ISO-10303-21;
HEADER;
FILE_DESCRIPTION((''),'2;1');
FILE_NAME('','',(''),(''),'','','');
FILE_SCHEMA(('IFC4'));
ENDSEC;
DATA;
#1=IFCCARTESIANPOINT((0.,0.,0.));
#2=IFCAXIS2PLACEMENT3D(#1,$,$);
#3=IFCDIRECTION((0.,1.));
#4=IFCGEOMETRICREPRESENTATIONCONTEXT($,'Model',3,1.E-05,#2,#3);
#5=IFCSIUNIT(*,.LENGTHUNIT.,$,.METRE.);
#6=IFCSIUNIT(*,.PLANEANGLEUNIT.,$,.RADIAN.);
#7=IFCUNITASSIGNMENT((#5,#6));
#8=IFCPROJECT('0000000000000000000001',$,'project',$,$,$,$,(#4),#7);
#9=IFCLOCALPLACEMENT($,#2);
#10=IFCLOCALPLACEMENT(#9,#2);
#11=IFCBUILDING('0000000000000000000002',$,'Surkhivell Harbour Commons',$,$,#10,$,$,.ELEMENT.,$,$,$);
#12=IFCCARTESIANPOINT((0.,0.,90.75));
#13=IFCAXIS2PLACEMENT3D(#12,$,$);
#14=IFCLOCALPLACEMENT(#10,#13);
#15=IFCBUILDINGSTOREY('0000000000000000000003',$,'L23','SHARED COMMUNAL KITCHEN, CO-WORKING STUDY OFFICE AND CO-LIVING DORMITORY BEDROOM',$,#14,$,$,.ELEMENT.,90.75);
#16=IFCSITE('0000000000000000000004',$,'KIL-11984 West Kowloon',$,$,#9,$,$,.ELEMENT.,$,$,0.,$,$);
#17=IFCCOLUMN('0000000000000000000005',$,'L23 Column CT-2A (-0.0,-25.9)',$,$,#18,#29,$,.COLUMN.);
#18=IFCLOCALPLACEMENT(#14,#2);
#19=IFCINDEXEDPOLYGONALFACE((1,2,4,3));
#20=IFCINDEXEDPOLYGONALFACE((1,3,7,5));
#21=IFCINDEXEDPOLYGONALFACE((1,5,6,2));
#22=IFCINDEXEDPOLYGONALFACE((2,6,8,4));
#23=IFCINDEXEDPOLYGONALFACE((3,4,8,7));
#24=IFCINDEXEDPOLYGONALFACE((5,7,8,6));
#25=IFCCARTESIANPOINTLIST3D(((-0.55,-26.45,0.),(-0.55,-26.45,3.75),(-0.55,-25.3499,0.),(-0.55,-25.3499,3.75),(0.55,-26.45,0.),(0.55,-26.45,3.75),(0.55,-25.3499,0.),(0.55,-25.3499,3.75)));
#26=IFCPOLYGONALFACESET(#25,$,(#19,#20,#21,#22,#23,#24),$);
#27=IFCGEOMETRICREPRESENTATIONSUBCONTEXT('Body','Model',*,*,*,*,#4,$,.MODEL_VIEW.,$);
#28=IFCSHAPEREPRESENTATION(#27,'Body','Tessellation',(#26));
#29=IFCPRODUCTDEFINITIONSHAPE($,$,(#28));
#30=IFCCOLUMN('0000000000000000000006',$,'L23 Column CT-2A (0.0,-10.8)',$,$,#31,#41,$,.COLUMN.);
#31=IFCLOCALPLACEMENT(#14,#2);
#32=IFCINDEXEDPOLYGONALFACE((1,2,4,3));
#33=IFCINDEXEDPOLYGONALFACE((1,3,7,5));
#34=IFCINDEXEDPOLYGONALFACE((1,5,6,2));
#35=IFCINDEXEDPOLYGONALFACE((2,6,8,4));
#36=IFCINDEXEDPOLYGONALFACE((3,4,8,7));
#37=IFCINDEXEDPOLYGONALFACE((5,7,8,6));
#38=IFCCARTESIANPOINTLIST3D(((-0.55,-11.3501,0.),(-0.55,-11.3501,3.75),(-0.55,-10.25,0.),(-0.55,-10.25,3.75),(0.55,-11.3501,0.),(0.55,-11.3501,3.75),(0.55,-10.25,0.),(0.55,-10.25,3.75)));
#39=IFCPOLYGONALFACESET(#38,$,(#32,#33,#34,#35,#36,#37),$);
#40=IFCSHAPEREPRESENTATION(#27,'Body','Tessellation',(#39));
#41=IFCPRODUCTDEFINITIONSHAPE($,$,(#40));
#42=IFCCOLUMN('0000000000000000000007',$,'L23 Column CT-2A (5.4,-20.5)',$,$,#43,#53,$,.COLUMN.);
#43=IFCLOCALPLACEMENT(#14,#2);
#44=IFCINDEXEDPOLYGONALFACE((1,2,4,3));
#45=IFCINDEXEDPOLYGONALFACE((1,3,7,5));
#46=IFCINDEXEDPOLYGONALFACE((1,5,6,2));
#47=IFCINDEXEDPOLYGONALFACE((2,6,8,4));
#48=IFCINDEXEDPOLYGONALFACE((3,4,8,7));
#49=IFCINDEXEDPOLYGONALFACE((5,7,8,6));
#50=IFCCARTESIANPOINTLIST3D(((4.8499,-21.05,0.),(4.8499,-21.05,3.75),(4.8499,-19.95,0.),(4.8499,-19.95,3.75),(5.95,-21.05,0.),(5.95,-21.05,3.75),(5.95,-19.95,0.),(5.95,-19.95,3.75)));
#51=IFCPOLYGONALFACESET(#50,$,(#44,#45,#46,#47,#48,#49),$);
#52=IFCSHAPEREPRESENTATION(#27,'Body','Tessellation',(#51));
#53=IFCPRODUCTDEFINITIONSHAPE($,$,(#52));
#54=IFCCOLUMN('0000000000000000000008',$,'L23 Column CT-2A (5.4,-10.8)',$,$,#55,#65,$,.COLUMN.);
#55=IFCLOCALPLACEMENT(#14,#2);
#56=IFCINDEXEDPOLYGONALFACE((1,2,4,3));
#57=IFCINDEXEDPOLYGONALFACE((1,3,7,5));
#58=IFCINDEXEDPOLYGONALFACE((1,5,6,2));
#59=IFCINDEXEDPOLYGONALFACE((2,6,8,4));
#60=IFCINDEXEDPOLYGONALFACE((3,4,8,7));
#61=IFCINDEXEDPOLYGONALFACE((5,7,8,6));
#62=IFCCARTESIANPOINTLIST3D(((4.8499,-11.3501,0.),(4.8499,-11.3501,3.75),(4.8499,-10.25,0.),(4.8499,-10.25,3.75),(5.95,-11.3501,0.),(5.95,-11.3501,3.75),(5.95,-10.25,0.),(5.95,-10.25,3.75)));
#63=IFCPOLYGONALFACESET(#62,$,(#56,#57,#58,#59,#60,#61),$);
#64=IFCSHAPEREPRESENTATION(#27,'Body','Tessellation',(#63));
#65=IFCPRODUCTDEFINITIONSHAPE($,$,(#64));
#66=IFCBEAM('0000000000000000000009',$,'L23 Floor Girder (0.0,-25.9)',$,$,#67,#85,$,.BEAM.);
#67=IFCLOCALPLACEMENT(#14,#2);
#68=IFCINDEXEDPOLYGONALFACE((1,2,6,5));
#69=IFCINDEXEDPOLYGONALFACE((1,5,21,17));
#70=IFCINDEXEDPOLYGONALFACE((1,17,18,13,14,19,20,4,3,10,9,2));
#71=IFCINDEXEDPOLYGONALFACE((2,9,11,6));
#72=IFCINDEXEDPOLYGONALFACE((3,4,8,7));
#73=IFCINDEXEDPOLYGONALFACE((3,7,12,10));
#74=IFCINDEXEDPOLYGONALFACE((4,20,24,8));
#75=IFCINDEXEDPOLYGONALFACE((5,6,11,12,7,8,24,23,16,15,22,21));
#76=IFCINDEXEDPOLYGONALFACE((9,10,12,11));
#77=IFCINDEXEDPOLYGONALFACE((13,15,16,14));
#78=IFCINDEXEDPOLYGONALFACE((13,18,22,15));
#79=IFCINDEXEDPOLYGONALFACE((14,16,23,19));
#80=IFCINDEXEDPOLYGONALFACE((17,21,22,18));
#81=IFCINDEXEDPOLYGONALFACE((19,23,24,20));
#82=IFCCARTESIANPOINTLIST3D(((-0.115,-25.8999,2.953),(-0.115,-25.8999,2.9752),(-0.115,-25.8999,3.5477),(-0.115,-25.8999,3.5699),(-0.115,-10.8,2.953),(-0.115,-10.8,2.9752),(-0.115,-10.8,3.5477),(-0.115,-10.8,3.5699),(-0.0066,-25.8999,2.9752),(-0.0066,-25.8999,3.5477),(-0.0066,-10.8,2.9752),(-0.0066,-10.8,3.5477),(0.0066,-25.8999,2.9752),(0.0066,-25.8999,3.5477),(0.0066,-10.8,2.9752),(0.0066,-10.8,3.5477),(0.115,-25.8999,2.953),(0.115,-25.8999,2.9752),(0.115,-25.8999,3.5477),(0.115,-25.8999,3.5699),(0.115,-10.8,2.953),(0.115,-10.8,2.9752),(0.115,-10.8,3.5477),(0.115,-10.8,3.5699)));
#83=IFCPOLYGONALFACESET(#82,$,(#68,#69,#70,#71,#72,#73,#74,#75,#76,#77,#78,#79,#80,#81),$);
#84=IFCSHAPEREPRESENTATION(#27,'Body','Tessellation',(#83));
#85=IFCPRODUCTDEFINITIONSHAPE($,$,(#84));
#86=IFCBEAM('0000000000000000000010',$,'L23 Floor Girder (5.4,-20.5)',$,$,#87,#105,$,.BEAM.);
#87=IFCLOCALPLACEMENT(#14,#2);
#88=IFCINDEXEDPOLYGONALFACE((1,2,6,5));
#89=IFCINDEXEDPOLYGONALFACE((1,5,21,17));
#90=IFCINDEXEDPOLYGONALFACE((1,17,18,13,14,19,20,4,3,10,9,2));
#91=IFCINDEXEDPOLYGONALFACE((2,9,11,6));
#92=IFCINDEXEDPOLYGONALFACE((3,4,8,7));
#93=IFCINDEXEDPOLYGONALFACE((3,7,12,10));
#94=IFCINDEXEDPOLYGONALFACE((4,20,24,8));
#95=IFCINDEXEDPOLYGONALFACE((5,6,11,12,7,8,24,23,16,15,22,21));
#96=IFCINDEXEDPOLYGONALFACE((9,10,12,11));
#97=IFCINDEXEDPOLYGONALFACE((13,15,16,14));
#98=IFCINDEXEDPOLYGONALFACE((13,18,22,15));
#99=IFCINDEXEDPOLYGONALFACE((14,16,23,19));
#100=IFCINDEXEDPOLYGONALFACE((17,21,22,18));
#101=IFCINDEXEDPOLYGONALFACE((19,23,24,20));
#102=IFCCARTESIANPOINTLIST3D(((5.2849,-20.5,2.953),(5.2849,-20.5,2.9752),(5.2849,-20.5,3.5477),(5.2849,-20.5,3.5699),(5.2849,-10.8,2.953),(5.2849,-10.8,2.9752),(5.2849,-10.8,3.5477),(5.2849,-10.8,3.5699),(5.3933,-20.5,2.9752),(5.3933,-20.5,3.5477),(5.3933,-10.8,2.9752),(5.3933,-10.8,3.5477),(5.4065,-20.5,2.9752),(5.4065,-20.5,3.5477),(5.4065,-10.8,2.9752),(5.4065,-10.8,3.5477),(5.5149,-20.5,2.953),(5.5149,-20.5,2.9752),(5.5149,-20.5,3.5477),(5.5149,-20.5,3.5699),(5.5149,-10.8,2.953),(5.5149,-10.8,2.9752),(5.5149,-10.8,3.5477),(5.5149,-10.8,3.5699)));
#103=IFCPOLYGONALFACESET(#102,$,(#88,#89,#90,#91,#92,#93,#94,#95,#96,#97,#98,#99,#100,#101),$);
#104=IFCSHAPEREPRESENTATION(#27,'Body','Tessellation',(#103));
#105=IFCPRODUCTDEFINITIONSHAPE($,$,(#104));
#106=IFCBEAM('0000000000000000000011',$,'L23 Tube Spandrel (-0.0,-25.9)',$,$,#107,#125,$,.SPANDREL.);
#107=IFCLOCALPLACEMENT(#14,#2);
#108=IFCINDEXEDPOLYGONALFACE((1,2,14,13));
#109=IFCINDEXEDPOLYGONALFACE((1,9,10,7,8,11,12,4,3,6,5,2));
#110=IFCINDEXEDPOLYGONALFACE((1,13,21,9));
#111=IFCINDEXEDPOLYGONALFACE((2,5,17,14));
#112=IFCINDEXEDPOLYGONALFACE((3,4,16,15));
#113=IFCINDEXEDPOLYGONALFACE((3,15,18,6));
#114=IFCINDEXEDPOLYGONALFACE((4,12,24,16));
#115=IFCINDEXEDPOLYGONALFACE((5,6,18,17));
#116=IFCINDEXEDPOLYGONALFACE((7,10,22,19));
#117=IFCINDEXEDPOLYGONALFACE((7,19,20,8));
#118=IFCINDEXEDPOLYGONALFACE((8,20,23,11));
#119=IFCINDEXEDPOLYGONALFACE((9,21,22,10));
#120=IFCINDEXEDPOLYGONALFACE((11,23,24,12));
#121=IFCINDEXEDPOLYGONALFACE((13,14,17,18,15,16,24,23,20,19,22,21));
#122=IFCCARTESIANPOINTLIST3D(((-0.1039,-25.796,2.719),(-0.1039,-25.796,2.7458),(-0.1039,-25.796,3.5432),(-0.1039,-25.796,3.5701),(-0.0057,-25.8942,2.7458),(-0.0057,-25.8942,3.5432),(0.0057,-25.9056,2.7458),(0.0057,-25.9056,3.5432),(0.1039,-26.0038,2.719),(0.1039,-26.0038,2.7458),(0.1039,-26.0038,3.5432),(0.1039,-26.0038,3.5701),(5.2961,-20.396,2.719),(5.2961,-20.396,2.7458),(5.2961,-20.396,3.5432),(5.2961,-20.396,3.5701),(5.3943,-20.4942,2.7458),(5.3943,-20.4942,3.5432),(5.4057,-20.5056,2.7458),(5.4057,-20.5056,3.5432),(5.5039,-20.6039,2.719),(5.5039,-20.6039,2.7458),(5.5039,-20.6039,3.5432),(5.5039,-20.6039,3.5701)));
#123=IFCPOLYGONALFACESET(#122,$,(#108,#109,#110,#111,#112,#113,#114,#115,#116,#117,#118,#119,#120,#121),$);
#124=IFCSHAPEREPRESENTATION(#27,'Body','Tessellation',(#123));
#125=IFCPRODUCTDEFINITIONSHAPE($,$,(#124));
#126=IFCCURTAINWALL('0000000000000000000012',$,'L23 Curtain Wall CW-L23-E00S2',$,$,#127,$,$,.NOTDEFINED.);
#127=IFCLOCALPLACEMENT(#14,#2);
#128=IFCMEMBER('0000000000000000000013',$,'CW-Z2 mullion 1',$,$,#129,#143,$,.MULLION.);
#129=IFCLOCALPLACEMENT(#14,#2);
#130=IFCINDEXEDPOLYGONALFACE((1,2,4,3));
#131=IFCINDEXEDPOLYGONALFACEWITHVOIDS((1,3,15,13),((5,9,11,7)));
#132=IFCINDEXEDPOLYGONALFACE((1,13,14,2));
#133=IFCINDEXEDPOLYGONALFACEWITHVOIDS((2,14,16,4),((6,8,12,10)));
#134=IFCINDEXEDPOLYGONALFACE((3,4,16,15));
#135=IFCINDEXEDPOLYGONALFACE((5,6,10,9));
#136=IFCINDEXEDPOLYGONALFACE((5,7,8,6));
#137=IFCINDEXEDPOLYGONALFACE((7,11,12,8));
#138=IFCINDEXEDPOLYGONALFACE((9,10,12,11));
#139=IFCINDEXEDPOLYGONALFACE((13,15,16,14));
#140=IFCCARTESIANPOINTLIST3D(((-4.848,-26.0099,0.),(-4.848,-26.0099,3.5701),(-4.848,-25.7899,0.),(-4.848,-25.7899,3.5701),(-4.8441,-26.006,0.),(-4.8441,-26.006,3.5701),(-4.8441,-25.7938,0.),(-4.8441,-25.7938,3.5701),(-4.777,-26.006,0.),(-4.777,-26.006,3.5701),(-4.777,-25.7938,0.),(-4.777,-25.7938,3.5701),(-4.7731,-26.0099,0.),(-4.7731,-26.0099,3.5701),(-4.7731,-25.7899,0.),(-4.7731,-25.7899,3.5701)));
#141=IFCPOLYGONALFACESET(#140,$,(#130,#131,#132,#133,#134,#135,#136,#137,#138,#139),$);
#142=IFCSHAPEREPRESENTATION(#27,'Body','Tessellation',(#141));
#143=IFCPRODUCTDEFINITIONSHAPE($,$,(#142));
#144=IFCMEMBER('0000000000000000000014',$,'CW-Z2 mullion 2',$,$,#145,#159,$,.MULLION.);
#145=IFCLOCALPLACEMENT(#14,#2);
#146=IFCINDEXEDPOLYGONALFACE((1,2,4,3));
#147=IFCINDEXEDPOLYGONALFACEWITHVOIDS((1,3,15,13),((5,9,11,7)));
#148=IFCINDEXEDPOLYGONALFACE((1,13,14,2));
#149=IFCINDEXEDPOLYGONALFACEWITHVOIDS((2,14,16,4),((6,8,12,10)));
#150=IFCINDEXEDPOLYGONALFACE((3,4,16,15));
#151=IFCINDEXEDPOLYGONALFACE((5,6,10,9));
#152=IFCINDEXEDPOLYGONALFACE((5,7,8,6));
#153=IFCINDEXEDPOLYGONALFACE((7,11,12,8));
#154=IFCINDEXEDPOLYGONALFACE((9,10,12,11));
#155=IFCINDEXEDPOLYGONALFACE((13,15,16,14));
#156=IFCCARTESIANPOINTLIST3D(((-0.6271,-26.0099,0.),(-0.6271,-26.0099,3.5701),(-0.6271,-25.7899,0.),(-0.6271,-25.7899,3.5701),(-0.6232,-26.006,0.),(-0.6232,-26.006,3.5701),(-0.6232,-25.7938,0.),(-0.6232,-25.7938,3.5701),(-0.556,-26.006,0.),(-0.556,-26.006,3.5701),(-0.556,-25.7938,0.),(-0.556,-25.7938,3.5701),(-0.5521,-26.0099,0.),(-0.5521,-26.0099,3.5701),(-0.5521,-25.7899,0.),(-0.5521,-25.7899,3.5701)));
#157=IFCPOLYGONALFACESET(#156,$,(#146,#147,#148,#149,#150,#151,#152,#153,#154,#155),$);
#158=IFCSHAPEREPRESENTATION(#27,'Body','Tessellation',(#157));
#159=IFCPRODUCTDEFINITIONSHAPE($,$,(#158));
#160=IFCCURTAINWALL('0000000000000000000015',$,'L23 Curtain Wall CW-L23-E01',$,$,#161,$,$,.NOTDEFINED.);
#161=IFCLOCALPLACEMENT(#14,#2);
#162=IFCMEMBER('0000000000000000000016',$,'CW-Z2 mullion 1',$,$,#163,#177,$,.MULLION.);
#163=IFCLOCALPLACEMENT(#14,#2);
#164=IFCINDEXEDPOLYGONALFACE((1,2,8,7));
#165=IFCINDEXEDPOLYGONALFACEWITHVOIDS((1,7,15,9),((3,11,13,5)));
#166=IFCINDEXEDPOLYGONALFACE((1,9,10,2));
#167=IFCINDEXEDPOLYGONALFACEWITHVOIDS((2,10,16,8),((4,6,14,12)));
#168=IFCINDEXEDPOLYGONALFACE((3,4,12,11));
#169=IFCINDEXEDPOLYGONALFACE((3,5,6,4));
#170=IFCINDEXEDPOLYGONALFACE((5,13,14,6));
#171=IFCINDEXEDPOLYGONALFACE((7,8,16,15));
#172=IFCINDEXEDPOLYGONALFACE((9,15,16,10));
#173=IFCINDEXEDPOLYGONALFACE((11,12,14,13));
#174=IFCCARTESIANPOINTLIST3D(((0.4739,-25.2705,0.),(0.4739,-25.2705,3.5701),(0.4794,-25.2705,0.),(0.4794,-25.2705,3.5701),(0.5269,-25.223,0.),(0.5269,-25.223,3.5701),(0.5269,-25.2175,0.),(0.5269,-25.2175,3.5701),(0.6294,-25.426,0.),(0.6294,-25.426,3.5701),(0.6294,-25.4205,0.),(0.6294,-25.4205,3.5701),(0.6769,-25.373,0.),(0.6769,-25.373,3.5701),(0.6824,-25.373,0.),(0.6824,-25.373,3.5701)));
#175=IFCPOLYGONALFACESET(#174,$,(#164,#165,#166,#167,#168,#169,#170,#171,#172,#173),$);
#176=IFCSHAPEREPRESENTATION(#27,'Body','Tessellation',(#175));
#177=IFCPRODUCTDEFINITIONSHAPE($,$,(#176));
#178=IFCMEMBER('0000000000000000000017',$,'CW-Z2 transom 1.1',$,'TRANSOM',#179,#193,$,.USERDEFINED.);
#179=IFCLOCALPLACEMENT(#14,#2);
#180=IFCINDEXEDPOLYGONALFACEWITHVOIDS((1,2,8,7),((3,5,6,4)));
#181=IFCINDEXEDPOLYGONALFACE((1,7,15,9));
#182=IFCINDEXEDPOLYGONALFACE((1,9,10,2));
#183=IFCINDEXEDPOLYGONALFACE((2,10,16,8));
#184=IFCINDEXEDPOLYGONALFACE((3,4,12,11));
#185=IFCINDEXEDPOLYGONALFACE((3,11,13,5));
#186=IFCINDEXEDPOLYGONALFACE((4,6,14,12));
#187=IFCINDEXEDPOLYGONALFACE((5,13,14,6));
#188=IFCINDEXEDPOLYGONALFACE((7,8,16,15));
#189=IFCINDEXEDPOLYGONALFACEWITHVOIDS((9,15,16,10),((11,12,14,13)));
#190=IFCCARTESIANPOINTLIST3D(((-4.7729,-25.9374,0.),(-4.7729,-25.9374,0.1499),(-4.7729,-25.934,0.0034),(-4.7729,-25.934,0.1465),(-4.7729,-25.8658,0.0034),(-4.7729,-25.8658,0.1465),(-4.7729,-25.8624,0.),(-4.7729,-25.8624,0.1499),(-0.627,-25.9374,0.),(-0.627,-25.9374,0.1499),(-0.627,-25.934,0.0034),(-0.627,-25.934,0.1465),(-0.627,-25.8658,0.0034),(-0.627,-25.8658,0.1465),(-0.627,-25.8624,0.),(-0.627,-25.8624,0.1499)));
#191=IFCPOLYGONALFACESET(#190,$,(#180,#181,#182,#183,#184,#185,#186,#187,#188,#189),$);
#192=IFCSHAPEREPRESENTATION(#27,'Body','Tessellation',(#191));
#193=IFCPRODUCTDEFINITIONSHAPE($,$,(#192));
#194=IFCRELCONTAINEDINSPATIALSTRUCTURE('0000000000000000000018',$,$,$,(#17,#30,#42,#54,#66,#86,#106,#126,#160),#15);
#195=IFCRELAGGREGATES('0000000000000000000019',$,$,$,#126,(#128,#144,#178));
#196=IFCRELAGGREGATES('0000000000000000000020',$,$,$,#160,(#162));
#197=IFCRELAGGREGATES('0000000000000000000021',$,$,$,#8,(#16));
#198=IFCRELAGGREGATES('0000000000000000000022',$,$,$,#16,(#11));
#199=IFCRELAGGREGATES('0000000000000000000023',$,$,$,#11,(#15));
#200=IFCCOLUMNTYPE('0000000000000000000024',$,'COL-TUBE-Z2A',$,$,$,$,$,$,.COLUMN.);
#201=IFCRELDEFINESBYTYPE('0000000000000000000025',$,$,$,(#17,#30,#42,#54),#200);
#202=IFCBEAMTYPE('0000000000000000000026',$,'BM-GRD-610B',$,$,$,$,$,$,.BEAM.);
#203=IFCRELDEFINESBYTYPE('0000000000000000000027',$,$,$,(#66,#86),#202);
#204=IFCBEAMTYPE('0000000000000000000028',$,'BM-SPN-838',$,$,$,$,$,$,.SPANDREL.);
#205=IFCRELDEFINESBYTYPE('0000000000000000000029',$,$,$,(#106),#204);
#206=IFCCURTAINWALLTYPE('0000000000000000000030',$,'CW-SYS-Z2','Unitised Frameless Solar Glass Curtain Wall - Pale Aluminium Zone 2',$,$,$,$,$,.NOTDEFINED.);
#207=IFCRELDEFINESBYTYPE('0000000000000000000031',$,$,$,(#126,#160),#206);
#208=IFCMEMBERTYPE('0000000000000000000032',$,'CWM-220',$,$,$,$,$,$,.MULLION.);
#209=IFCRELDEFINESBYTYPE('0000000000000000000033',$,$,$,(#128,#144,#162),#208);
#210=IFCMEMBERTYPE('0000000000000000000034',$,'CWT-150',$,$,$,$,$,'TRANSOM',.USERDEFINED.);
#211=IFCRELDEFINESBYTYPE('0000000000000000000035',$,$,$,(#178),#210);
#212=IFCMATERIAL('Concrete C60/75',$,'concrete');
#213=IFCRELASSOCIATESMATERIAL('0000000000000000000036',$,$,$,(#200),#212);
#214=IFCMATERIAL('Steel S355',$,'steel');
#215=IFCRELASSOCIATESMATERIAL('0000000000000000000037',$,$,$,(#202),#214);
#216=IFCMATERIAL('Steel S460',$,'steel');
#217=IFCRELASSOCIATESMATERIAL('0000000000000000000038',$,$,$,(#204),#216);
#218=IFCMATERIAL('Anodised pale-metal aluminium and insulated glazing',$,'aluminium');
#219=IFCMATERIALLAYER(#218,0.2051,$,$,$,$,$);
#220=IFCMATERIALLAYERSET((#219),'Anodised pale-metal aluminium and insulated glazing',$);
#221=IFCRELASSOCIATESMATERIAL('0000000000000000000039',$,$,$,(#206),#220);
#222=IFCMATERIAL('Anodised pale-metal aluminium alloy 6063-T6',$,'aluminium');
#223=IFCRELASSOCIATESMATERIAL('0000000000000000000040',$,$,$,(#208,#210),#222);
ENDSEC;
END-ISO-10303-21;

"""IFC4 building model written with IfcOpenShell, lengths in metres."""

from ifc_helpers import new_model, si_unit, direction, frame, origin, origin_2d, place, context, subcontext, project, spatial, rectangle, hollow_rectangle, i_section, extrude, material, layer, layer_set, material_profile, profile_set, type_object, element, aggregate, save


model = new_model("IFC4")

# Units and contexts
model_context = context("Model", 3, precision=1e-05, world=origin(), true_north=direction((0.0, 1.0)))
body_context = subcontext(model_context, "Body", "Model", "MODEL_VIEW")
ifc_project = project(units=[si_unit("LENGTHUNIT", "METRE"), si_unit("PLANEANGLEUNIT", "RADIAN")], contexts=[model_context])

# Site, building, storey
site_placement = place(None, origin())
site = spatial("IfcSite", under=ifc_project, at=site_placement, Name="KIL-11984 West Kowloon", CompositionType="ELEMENT", RefElevation=0.0)
building_placement = place(site_placement, origin())
building = spatial("IfcBuilding", under=site, at=building_placement, Name="Surkhivell Harbour Commons", CompositionType="ELEMENT")
storey_placement = place(building_placement, frame((0.0, 0.0, 90.75)))
storey = spatial("IfcBuildingStorey", under=building, at=storey_placement, Name="L23", Description="SHARED COMMUNAL KITCHEN, CO-WORKING STUDY OFFICE AND CO-LIVING DORMITORY BEDROOM", CompositionType="ELEMENT", Elevation=90.75)

# Columns
ifc_material_1 = material(Name="Concrete C60/75", Category="concrete")
ifc_material_profile_1 = material_profile(ifc_material_1, rectangle(XDim=1.1001, YDim=1.1001, at=origin_2d()), Name="RC-COL-1100x1100")
ifc_profile_set_1 = profile_set([ifc_material_profile_1], Name="Concrete C60/75")
column_type = type_object("IfcColumnType", Name="COL-TUBE-Z2A", PredefinedType="COLUMN", material=ifc_profile_set_1)
for number, where, z_axis, x_axis, name in (
    (1, (0.0, -25.8999, 0.0), (0.0, 0.0, 1.0), (1.0, 0.0, 0.0), "L23 Column CT-2A (-0.0,-25.9)"),
    (2, (0.0, -10.8, 0.0), (0.0, 0.0, 1.0), (1.0, 0.0, 0.0), "L23 Column CT-2A (0.0,-10.8)"),
    (3, (5.3999, -20.5, 0.0), (0.0, 0.0, 1.0), (1.0, 0.0, 0.0), "L23 Column CT-2A (5.4,-20.5)"),
    (4, (5.3999, -10.8, 0.0), (0.0, 0.0, 1.0), (1.0, 0.0, 0.0), "L23 Column CT-2A (5.4,-10.8)"),
):
    element("IfcColumn", number, at=place(storey_placement, frame(where, z_axis=z_axis, x_axis=x_axis)), inside=storey, type_object=column_type, Name=name, PredefinedType="COLUMN", context=body_context, shape_type="SweptSolid", body=[
        extrude(rectangle(XDim=1.1001, YDim=1.1001, at=origin_2d()), origin(), (0.0, 0.0, 1.0), 3.75),
    ])

# Beams
ifc_material_2 = material(Name="Steel S355", Category="steel")
ifc_material_profile_2 = material_profile(ifc_material_2, i_section(OverallWidth=0.23, OverallDepth=0.6169, WebThickness=0.0132, FlangeThickness=0.0222, at=origin_2d()), Name="UB610x229x140")
ifc_profile_set_2 = profile_set([ifc_material_profile_2], Name="Steel S355")
beam_type_1 = type_object("IfcBeamType", Name="BM-GRD-610B", PredefinedType="BEAM", material=ifc_profile_set_2)
beam_1_placement = place(storey_placement, frame((0.0, -25.8999, 3.2615), z_axis=(0.0, 1.0, 0.0), x_axis=(-1.0, 0.0, 0.0)))
element("IfcBeam", 5, at=beam_1_placement, inside=storey, type_object=beam_type_1, Name="L23 Floor Girder (0.0,-25.9)", PredefinedType="BEAM", context=body_context, shape_type="SweptSolid", body=[
    extrude(i_section(OverallWidth=0.23, OverallDepth=0.6169, WebThickness=0.0132, FlangeThickness=0.0222, at=origin_2d()), origin(), (0.0, 0.0, 1.0), 15.0999),
])
beam_2_placement = place(storey_placement, frame((5.3999, -20.5, 3.2615), z_axis=(0.0, 1.0, 0.0), x_axis=(-1.0, 0.0, 0.0)))
element("IfcBeam", 6, at=beam_2_placement, inside=storey, type_object=beam_type_1, Name="L23 Floor Girder (5.4,-20.5)", PredefinedType="BEAM", context=body_context, shape_type="SweptSolid", body=[
    extrude(i_section(OverallWidth=0.23, OverallDepth=0.6169, WebThickness=0.0132, FlangeThickness=0.0222, at=origin_2d()), origin(), (0.0, 0.0, 1.0), 9.7),
])
ifc_material_3 = material(Name="Steel S460", Category="steel")
ifc_material_profile_3 = material_profile(ifc_material_3, i_section(OverallWidth=0.2939, OverallDepth=0.8511, WebThickness=0.0161, FlangeThickness=0.0269, at=origin_2d()), Name="UB838x292x226")
ifc_profile_set_3 = profile_set([ifc_material_profile_3], Name="Steel S460")
beam_type_2 = type_object("IfcBeamType", Name="BM-SPN-838", PredefinedType="SPANDREL", material=ifc_profile_set_3)
beam_3_placement = place(storey_placement, frame((0.0, -25.8999, 3.1445), z_axis=(0.707107, 0.707107, 0.0), x_axis=(-0.707107, 0.707107, 0.0)))
element("IfcBeam", 7, at=beam_3_placement, inside=storey, type_object=beam_type_2, Name="L23 Tube Spandrel (-0.0,-25.9)", PredefinedType="SPANDREL", context=body_context, shape_type="SweptSolid", body=[
    extrude(i_section(OverallWidth=0.2939, OverallDepth=0.8511, WebThickness=0.0161, FlangeThickness=0.0269, at=origin_2d()), origin(), (0.0, 0.0, 1.0), 7.6367),
])

# Curtain wall, members
ifc_material_4 = material(Name="Anodised pale-metal aluminium and insulated glazing", Category="aluminium")
ifc_layer_1 = layer(ifc_material_4, 0.2051)
ifc_layer_set_1 = layer_set([ifc_layer_1], Name="Anodised pale-metal aluminium and insulated glazing")
curtain_wall_type = type_object("IfcCurtainWallType", Name="CW-SYS-Z2", Description="Unitised Frameless Solar Glass Curtain Wall - Pale Aluminium Zone 2", PredefinedType="NOTDEFINED", material=ifc_layer_set_1)
curtain_wall_1_placement = place(storey_placement, origin())
curtain_wall_1 = element("IfcCurtainWall", 8, at=curtain_wall_1_placement, inside=storey, type_object=curtain_wall_type, Name="L23 Curtain Wall CW-L23-E00S2", PredefinedType="NOTDEFINED")
ifc_material_5 = material(Name="Anodised pale-metal aluminium alloy 6063-T6", Category="aluminium")
ifc_material_profile_4 = material_profile(ifc_material_5, hollow_rectangle(XDim=0.075, YDim=0.22, WallThickness=0.0039, at=origin_2d()), Name="ALU-MULL-75x220")
ifc_profile_set_4 = profile_set([ifc_material_profile_4], Name="Anodised pale-metal aluminium alloy 6063-T6")
member_type_1 = type_object("IfcMemberType", Name="CWM-220", PredefinedType="MULLION", material=ifc_profile_set_4)
member_1_placement = place(storey_placement, frame((-4.8105, -25.8999, 0.0), z_axis=(0.0, 0.0, 1.0), x_axis=(1.0, 0.0, 0.0)))
member_1 = element("IfcMember", 9, at=member_1_placement, type_object=member_type_1, Name="CW-Z2 mullion 1", PredefinedType="MULLION", context=body_context, shape_type="SweptSolid", body=[
    extrude(hollow_rectangle(XDim=0.075, YDim=0.22, WallThickness=0.0039, at=origin_2d()), origin(), (0.0, 0.0, 1.0), 3.5701),
])
member_2_placement = place(storey_placement, frame((-0.5896, -25.8999, 0.0), z_axis=(0.0, 0.0, 1.0), x_axis=(1.0, 0.0, 0.0)))
member_2 = element("IfcMember", 10, at=member_2_placement, type_object=member_type_1, Name="CW-Z2 mullion 2", PredefinedType="MULLION", context=body_context, shape_type="SweptSolid", body=[
    extrude(hollow_rectangle(XDim=0.075, YDim=0.22, WallThickness=0.0039, at=origin_2d()), origin(), (0.0, 0.0, 1.0), 3.5701),
])

# Curtain wall, member
curtain_wall_2_placement = place(storey_placement, origin())
curtain_wall_2 = element("IfcCurtainWall", 11, at=curtain_wall_2_placement, inside=storey, type_object=curtain_wall_type, Name="L23 Curtain Wall CW-L23-E01", PredefinedType="NOTDEFINED")
member_3_placement = place(storey_placement, frame((0.5781, -25.3218, 0.0), z_axis=(0.0, 0.0, 1.0), x_axis=(0.707107, 0.707107, 0.0)))
member_3 = element("IfcMember", 12, at=member_3_placement, type_object=member_type_1, Name="CW-Z2 mullion 1", PredefinedType="MULLION", context=body_context, shape_type="SweptSolid", body=[
    extrude(hollow_rectangle(XDim=0.075, YDim=0.22, WallThickness=0.0039, at=origin_2d()), origin(), (0.0, 0.0, 1.0), 3.5701),
])

# Member
ifc_material_profile_5 = material_profile(ifc_material_5, hollow_rectangle(XDim=0.075, YDim=0.1499, WallThickness=0.0034, at=origin_2d()), Name="ALU-TRAN-75x150")
ifc_profile_set_5 = profile_set([ifc_material_profile_5], Name="Anodised pale-metal aluminium alloy 6063-T6")
member_type_2 = type_object("IfcMemberType", Name="CWT-150", ElementType="TRANSOM", PredefinedType="USERDEFINED", material=ifc_profile_set_5)
member_4_placement = place(storey_placement, frame((-4.7729, -25.8999, 0.075), z_axis=(1.0, 0.0, 0.0), x_axis=(0.0, 1.0, 0.0)))
member_4 = element("IfcMember", 13, at=member_4_placement, type_object=member_type_2, Name="CW-Z2 transom 1.1", ObjectType="TRANSOM", PredefinedType="USERDEFINED", context=body_context, shape_type="SweptSolid", body=[
    extrude(hollow_rectangle(XDim=0.075, YDim=0.1499, WallThickness=0.0034, at=origin_2d()), origin(), (0.0, 0.0, 1.0), 4.146),
])

aggregate(curtain_wall_1, [member_1, member_2, member_4])
aggregate(curtain_wall_2, [member_3])

save(model, "model.ifc")
